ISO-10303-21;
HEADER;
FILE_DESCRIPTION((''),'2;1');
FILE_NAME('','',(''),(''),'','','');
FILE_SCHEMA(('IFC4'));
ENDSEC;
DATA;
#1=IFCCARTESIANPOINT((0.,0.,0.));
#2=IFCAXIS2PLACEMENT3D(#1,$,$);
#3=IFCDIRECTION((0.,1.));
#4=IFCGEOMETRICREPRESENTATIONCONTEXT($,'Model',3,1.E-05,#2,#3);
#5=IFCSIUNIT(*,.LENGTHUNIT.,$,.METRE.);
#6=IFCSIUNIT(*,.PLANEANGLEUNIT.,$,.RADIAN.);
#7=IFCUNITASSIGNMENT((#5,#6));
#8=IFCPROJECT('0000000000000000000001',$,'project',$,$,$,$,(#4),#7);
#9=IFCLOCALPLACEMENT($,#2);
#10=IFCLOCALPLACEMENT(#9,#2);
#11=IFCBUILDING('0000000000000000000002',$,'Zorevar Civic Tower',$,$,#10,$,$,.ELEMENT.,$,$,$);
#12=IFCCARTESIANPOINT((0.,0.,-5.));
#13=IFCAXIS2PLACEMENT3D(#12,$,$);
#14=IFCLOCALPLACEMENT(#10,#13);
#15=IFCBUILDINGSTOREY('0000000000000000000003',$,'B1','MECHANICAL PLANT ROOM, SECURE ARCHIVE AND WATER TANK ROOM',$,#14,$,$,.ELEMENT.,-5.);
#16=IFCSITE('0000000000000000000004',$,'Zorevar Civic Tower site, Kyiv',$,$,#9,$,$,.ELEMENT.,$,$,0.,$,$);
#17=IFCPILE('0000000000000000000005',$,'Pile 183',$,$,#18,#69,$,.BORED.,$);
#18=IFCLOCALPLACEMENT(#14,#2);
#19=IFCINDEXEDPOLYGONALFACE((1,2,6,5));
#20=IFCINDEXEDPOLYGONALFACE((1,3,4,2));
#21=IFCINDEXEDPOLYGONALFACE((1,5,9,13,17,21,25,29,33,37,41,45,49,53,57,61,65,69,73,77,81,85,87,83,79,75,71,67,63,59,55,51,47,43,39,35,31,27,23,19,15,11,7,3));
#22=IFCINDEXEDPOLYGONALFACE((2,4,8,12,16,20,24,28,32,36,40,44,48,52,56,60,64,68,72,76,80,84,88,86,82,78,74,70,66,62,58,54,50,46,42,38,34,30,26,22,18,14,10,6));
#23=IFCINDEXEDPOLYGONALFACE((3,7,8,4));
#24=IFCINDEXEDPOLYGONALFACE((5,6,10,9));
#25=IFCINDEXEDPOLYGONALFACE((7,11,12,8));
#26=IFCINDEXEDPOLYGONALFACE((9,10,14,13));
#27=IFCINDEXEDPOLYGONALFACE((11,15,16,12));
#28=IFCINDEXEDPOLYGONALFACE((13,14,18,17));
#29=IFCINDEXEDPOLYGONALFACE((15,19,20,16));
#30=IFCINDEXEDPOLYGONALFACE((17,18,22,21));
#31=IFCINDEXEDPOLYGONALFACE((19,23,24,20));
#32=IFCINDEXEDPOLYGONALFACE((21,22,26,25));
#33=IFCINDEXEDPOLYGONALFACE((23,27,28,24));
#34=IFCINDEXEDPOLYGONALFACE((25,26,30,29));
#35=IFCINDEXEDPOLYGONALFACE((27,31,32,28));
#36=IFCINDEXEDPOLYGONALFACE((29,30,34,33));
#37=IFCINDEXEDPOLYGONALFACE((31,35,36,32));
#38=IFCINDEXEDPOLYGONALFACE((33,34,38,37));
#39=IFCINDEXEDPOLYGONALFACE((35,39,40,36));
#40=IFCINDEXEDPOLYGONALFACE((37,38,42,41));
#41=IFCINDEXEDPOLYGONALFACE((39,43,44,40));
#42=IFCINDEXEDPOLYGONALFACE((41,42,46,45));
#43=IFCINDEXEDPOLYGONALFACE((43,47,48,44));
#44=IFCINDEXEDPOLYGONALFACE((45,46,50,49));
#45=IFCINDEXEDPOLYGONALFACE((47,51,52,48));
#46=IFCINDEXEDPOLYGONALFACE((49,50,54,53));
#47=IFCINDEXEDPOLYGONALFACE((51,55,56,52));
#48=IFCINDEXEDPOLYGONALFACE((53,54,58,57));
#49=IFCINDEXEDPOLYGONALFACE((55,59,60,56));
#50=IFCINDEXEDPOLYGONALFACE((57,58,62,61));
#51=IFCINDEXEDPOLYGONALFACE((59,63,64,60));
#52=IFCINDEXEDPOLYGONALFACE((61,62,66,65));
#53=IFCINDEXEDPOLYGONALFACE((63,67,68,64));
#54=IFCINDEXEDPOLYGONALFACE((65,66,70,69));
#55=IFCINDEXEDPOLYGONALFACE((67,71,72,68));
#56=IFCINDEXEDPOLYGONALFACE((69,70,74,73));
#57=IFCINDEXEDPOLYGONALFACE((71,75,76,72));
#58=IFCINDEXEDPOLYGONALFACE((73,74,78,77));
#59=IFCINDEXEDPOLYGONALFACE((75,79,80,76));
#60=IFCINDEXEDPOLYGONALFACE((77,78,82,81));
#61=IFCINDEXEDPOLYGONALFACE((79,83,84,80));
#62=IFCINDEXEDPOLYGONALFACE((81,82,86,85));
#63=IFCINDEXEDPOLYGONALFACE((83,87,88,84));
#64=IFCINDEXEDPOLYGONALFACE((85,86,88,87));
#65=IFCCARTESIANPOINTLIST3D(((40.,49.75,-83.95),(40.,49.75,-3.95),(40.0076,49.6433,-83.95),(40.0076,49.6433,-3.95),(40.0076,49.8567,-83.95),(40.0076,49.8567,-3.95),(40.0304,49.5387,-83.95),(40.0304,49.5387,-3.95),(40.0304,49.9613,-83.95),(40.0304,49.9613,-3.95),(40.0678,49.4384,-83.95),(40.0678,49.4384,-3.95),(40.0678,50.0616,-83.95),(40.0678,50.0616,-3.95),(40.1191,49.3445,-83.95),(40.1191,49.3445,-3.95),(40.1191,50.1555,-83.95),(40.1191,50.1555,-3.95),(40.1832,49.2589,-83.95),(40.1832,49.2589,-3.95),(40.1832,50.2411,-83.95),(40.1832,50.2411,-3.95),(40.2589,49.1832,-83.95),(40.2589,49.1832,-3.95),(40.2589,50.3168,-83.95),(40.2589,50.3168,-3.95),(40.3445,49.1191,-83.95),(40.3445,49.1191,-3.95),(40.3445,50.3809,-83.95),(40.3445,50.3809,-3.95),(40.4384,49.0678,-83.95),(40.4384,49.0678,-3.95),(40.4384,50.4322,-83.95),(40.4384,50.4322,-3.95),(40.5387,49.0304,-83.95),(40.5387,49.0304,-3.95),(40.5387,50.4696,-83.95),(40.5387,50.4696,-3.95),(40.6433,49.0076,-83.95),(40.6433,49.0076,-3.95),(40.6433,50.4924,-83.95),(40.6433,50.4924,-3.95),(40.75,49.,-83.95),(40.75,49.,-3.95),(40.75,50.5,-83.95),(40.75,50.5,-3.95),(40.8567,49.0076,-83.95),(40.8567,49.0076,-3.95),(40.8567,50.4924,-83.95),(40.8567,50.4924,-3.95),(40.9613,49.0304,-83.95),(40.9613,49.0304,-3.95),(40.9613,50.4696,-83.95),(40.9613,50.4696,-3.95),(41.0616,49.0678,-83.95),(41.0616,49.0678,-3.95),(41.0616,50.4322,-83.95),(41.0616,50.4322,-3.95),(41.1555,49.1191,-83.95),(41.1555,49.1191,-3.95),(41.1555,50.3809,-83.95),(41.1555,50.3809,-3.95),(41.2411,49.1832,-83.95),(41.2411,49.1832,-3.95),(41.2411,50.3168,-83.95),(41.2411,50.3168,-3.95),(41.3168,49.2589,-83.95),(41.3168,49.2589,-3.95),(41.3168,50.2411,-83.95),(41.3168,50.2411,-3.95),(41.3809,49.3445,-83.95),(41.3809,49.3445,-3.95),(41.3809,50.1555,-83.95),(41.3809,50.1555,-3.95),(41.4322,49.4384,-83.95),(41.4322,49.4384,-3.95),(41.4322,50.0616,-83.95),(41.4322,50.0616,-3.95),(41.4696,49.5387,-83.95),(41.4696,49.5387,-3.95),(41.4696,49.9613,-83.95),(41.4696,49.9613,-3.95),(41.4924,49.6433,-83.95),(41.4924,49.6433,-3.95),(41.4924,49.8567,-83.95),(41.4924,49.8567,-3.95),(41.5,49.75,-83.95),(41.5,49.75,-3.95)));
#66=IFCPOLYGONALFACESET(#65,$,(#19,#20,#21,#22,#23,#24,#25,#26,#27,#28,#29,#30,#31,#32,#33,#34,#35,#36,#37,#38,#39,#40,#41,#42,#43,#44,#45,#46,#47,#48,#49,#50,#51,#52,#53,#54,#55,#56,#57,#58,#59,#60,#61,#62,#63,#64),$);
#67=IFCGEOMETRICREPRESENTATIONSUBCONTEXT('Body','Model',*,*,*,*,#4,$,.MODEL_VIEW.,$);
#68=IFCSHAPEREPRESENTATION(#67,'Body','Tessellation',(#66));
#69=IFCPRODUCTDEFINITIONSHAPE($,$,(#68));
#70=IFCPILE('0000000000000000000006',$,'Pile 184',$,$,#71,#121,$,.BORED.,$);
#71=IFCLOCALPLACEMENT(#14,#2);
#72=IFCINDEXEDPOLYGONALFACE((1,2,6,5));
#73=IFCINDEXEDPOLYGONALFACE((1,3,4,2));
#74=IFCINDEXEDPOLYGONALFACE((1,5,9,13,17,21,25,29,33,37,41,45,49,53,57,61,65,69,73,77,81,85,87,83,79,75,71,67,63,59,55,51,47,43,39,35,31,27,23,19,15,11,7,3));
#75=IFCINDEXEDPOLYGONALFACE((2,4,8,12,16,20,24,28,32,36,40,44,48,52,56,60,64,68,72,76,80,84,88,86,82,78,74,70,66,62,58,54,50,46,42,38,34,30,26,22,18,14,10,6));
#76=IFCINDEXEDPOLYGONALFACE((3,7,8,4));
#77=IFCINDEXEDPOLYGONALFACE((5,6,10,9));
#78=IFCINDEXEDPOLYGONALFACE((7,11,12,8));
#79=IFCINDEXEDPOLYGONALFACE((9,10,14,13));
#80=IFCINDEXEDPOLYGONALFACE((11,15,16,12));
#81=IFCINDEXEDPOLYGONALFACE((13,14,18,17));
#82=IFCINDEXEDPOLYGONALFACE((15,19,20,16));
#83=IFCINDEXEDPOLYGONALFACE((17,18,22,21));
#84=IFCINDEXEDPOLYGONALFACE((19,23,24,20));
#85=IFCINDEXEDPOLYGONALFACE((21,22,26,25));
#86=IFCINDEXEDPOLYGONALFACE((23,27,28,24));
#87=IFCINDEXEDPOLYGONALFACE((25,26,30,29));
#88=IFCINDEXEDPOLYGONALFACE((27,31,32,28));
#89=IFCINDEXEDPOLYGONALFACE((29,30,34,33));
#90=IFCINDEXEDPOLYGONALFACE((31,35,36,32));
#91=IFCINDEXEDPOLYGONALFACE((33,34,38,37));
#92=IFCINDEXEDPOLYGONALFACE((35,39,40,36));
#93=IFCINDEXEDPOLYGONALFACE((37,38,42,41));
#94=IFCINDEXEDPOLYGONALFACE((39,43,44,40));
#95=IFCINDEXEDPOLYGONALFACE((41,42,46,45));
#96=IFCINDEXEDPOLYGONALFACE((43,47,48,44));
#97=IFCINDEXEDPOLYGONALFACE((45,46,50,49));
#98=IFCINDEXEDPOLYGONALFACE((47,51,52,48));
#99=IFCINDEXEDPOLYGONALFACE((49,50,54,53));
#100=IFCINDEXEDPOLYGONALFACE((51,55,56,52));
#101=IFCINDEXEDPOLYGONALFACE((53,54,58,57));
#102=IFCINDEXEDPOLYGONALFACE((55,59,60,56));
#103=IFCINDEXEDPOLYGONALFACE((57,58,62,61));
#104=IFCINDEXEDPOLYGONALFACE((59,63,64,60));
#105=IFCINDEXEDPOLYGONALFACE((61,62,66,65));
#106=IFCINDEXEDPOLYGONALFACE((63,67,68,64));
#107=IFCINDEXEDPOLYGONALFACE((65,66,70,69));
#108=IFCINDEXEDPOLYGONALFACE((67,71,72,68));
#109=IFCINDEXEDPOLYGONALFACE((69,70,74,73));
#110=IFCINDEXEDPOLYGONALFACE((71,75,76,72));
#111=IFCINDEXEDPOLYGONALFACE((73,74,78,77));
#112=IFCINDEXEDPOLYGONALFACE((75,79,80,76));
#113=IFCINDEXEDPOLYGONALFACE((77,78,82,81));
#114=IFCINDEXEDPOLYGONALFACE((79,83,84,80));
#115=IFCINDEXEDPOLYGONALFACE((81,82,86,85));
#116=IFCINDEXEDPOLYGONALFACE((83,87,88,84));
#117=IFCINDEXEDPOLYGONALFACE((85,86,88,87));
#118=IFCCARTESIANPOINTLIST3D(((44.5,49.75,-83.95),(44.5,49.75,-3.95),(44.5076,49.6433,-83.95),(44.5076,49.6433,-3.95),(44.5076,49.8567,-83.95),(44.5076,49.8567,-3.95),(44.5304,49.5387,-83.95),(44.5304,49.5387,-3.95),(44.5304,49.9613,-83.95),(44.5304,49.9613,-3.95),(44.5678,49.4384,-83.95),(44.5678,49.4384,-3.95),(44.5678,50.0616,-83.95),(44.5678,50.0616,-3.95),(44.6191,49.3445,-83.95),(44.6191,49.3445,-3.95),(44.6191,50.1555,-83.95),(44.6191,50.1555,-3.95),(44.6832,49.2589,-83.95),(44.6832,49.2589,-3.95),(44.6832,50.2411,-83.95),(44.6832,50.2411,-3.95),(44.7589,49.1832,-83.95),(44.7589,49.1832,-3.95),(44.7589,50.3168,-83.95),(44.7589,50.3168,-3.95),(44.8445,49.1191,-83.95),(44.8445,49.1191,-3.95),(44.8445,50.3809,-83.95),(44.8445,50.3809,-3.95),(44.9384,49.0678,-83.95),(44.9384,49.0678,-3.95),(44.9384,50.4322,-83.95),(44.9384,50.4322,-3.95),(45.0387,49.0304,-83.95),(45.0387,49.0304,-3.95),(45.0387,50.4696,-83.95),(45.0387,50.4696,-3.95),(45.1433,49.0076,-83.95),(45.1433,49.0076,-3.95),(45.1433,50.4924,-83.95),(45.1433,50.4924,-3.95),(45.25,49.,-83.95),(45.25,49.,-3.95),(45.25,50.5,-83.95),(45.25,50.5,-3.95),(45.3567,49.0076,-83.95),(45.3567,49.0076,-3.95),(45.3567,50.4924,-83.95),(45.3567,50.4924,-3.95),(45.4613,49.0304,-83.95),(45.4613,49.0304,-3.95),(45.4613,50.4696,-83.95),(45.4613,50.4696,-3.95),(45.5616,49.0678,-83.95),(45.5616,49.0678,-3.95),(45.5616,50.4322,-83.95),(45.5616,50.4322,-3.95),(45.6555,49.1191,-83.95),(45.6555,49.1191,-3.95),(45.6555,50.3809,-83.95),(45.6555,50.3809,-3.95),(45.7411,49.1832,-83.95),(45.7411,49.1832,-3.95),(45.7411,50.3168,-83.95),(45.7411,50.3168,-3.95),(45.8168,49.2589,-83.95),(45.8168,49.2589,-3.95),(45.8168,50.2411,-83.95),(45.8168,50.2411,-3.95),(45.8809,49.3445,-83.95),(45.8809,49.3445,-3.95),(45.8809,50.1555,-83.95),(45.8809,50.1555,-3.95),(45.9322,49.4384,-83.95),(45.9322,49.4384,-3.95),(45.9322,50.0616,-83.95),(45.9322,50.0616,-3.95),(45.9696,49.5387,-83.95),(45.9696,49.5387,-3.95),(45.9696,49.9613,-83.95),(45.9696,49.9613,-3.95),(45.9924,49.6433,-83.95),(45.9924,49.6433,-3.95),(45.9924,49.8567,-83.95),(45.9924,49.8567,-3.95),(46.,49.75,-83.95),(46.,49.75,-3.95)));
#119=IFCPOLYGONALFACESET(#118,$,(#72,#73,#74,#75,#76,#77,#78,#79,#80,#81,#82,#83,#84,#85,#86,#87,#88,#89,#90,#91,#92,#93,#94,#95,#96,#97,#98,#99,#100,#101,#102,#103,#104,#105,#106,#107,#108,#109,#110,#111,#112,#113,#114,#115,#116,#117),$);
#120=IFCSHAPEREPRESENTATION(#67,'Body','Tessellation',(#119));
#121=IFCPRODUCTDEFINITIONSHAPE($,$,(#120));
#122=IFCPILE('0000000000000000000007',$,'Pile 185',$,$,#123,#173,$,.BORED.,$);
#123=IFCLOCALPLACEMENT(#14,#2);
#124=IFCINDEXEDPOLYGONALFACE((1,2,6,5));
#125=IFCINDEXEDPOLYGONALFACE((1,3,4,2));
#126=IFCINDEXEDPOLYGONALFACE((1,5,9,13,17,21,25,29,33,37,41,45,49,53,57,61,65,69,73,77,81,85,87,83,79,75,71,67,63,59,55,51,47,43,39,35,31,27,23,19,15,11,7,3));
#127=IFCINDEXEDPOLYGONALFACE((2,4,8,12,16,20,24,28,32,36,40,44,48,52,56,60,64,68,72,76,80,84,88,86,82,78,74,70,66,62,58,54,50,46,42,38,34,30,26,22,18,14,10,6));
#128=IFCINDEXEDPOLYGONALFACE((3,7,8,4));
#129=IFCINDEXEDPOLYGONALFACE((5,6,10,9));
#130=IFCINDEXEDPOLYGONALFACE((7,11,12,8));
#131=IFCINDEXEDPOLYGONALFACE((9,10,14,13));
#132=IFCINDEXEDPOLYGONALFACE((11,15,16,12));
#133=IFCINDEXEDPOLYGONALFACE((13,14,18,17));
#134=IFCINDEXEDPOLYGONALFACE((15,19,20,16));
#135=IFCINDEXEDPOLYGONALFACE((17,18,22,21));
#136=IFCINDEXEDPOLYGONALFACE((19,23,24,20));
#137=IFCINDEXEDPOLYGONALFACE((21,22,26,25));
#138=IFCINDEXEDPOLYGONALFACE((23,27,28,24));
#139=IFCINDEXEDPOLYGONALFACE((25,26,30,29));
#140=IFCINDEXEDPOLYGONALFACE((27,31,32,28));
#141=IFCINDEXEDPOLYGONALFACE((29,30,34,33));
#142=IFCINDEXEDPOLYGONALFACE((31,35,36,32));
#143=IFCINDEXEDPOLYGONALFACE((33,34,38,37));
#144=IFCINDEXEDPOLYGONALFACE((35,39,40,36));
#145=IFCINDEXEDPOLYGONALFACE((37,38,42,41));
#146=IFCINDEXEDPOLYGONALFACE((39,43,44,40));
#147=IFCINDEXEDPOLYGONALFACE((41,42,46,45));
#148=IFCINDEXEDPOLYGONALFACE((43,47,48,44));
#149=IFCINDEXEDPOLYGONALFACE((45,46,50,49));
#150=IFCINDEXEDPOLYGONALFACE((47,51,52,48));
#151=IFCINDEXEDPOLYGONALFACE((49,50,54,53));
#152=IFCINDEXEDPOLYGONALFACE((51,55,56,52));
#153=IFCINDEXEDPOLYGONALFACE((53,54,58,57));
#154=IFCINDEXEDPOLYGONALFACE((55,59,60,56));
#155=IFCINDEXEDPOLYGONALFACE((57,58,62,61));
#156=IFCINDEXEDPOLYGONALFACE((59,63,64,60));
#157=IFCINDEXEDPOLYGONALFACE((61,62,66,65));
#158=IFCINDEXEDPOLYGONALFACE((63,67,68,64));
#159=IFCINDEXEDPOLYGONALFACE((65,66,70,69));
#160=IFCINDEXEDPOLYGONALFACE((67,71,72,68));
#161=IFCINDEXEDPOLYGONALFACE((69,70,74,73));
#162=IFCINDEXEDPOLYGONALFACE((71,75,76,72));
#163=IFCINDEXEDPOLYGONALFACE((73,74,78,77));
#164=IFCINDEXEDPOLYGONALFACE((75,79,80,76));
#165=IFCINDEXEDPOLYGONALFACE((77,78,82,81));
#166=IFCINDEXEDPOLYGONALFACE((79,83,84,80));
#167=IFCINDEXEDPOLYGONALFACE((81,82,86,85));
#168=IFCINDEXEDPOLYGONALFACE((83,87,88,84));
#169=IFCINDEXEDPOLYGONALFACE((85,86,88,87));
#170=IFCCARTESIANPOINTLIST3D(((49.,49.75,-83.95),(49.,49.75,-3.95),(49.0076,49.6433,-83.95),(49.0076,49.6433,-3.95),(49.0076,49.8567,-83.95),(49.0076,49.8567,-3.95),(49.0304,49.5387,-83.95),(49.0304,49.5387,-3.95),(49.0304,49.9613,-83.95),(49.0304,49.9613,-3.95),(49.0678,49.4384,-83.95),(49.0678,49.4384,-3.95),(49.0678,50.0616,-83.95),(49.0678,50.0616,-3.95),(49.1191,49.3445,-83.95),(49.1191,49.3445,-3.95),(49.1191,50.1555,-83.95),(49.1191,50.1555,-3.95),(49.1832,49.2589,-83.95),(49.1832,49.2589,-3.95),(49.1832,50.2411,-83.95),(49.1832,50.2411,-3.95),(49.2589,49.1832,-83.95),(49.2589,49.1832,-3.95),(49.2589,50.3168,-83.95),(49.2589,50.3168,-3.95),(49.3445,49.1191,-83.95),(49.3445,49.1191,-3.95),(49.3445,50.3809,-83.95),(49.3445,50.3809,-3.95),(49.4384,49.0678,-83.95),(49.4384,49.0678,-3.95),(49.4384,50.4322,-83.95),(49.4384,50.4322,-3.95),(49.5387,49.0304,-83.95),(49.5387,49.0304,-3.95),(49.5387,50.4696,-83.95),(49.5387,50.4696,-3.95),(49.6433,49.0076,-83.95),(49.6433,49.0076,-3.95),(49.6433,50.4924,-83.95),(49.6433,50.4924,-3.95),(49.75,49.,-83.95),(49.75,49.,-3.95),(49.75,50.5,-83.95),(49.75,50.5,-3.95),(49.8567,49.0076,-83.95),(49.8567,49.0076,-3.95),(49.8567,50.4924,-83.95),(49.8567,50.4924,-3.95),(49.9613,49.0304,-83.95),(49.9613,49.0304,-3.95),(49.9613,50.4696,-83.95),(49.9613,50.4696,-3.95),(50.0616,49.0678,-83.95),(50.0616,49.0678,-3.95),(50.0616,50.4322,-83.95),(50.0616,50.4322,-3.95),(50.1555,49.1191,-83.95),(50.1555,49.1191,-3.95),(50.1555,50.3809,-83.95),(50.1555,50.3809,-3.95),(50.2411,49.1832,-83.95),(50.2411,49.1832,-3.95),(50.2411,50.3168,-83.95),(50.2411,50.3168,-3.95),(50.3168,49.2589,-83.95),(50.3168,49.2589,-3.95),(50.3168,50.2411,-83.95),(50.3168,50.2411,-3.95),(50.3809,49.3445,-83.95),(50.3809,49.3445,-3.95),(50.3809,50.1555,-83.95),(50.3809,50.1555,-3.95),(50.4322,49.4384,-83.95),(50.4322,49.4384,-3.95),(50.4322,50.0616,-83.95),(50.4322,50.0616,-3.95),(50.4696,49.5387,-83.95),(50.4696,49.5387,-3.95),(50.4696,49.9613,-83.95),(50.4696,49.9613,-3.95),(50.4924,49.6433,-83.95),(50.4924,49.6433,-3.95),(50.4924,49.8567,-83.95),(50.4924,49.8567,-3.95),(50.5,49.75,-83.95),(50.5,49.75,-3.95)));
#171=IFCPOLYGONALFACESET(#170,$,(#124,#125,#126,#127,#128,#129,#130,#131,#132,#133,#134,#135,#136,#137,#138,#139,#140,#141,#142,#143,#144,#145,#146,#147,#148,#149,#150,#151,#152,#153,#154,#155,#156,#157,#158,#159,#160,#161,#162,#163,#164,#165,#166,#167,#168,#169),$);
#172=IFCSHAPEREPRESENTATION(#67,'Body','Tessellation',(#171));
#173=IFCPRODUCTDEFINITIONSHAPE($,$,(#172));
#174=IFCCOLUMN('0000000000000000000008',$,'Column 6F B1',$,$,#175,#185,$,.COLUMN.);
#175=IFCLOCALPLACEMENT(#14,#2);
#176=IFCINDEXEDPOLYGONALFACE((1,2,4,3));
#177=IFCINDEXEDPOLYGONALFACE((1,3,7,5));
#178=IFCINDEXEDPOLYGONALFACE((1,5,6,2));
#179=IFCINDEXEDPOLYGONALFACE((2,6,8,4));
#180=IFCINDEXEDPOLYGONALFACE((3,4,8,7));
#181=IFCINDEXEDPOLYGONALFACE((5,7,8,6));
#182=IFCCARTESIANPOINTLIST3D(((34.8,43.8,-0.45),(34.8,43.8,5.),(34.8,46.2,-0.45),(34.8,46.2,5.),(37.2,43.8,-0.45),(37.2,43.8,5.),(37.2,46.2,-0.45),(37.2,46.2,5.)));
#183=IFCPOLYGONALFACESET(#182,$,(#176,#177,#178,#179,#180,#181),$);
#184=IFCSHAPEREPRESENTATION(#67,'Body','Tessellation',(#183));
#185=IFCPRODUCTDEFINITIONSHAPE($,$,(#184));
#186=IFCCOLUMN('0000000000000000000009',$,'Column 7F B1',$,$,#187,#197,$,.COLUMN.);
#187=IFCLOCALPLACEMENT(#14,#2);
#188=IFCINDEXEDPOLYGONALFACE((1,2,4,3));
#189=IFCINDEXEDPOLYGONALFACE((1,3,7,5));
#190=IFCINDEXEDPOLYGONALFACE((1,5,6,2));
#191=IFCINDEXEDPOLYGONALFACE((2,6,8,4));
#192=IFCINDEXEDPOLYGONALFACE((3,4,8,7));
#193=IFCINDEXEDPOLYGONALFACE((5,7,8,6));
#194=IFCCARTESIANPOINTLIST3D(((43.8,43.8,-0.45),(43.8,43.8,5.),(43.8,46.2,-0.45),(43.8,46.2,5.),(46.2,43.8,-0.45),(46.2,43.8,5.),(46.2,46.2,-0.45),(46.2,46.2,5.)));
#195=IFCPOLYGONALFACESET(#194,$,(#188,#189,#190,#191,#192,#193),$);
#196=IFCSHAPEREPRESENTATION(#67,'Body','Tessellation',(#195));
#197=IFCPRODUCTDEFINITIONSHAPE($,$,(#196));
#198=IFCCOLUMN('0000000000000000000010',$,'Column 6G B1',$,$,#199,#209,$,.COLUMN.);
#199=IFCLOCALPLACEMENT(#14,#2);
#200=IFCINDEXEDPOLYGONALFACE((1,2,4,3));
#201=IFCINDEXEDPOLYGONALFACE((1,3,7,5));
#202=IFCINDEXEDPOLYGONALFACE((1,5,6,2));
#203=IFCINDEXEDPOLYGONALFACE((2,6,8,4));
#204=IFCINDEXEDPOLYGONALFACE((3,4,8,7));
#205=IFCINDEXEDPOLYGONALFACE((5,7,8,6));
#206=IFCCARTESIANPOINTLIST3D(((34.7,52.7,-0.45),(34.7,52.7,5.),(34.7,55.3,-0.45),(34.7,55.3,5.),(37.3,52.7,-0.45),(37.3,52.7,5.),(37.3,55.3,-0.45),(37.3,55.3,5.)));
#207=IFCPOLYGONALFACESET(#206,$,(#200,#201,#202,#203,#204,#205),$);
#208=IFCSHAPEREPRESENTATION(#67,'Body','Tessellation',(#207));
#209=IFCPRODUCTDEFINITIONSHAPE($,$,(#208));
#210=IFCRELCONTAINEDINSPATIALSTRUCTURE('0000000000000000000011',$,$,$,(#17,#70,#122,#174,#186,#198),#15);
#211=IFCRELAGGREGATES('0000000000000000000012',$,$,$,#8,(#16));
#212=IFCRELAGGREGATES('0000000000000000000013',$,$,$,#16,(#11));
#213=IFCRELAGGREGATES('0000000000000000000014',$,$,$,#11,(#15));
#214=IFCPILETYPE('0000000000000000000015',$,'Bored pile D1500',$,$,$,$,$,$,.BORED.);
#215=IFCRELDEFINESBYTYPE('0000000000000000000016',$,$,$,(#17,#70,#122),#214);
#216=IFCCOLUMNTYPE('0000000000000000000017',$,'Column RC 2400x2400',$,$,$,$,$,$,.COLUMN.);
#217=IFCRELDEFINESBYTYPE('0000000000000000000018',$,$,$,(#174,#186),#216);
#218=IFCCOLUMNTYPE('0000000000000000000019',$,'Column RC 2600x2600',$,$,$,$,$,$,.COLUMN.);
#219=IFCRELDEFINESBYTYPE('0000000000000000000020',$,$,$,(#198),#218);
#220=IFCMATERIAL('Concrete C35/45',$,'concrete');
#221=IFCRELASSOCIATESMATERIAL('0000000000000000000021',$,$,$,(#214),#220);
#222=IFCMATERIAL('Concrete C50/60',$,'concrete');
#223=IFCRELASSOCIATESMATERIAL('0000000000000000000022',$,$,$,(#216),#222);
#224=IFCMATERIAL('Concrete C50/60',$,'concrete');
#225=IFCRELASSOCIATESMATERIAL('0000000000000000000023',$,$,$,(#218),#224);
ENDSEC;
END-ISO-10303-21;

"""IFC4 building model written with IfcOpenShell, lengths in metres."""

from ifc_helpers import new_model, si_unit, direction, frame, origin, origin_2d, place, context, subcontext, project, spatial, rectangle, circle, extrude, material, material_profile, profile_set, type_object, element, save


model = new_model("IFC4")

# Units and contexts
model_context = context("Model", 3, precision=1e-05, world=origin(), true_north=direction((0.0, 1.0)))
body_context = subcontext(model_context, "Body", "Model", "MODEL_VIEW")
ifc_project = project(units=[si_unit("LENGTHUNIT", "METRE"), si_unit("PLANEANGLEUNIT", "RADIAN")], contexts=[model_context])

# Site, building, storey
site_placement = place(None, origin())
site = spatial("IfcSite", under=ifc_project, at=site_placement, Name="Zorevar Civic Tower site, Kyiv", CompositionType="ELEMENT", RefElevation=0.0)
building_placement = place(site_placement, origin())
building = spatial("IfcBuilding", under=site, at=building_placement, Name="Zorevar Civic Tower", CompositionType="ELEMENT")
storey_placement = place(building_placement, frame((0.0, 0.0, -5.0)))
storey = spatial("IfcBuildingStorey", under=building, at=storey_placement, Name="B1", Description="MECHANICAL PLANT ROOM, SECURE ARCHIVE AND WATER TANK ROOM", CompositionType="ELEMENT", Elevation=-5.0)

# Piles
ifc_material_1 = material(Name="Concrete C35/45", Category="concrete")
pile_type = type_object("IfcPileType", Name="Bored pile D1500", PredefinedType="BORED", material=ifc_material_1)
for number, where, z_axis, x_axis, name in (
    (1, (40.75, 49.75, -3.95), (0.0, 0.0, -1.0), (1.0, 0.0, 0.0), "Pile 183"),
    (2, (45.25, 49.75, -3.95), (0.0, 0.0, -1.0), (1.0, 0.0, 0.0), "Pile 184"),
    (3, (49.75, 49.75, -3.95), (0.0, 0.0, -1.0), (1.0, 0.0, 0.0), "Pile 185"),
):
    element("IfcPile", number, at=place(storey_placement, frame(where, z_axis=z_axis, x_axis=x_axis)), inside=storey, type_object=pile_type, Name=name, PredefinedType="BORED", context=body_context, shape_type="SweptSolid", body=[
        extrude(circle(Radius=0.75, at=origin_2d()), origin(), (0.0, 0.0, 1.0), 80.0),
    ])

# Columns
ifc_material_2 = material(Name="Concrete C50/60", Category="concrete")
ifc_material_profile_1 = material_profile(ifc_material_2, rectangle(XDim=2.3999, YDim=2.3999, at=origin_2d()), Name="RC 2400x2400")
ifc_profile_set_1 = profile_set([ifc_material_profile_1], Name="Concrete C50/60")
column_type_1 = type_object("IfcColumnType", Name="Column RC 2400x2400", PredefinedType="COLUMN", material=ifc_profile_set_1)
for number, where, z_axis, x_axis, name in (
    (4, (36.0, 45.0, -0.45), (0.0, 0.0, 1.0), (1.0, 0.0, 0.0), "Column 6F B1"),
    (5, (45.0, 45.0, -0.45), (0.0, 0.0, 1.0), (1.0, 0.0, 0.0), "Column 7F B1"),
):
    element("IfcColumn", number, at=place(storey_placement, frame(where, z_axis=z_axis, x_axis=x_axis)), inside=storey, type_object=column_type_1, Name=name, PredefinedType="COLUMN", context=body_context, shape_type="SweptSolid", body=[
        extrude(rectangle(XDim=2.3999, YDim=2.3999, at=origin_2d()), origin(), (0.0, 0.0, 1.0), 5.45),
    ])
ifc_material_3 = material(Name="Concrete C50/60", Category="concrete")
ifc_material_profile_2 = material_profile(ifc_material_3, rectangle(XDim=2.6001, YDim=2.6001, at=origin_2d()), Name="RC 2600x2600")
ifc_profile_set_2 = profile_set([ifc_material_profile_2], Name="Concrete C50/60")
column_type_2 = type_object("IfcColumnType", Name="Column RC 2600x2600", PredefinedType="COLUMN", material=ifc_profile_set_2)
for number, where, z_axis, x_axis, name in (
    (6, (36.0, 54.0, -0.45), (0.0, 0.0, 1.0), (1.0, 0.0, 0.0), "Column 6G B1"),
):
    element("IfcColumn", number, at=place(storey_placement, frame(where, z_axis=z_axis, x_axis=x_axis)), inside=storey, type_object=column_type_2, Name=name, PredefinedType="COLUMN", context=body_context, shape_type="SweptSolid", body=[
        extrude(rectangle(XDim=2.6001, YDim=2.6001, at=origin_2d()), origin(), (0.0, 0.0, 1.0), 5.45),
    ])

save(model, "model.ifc")
